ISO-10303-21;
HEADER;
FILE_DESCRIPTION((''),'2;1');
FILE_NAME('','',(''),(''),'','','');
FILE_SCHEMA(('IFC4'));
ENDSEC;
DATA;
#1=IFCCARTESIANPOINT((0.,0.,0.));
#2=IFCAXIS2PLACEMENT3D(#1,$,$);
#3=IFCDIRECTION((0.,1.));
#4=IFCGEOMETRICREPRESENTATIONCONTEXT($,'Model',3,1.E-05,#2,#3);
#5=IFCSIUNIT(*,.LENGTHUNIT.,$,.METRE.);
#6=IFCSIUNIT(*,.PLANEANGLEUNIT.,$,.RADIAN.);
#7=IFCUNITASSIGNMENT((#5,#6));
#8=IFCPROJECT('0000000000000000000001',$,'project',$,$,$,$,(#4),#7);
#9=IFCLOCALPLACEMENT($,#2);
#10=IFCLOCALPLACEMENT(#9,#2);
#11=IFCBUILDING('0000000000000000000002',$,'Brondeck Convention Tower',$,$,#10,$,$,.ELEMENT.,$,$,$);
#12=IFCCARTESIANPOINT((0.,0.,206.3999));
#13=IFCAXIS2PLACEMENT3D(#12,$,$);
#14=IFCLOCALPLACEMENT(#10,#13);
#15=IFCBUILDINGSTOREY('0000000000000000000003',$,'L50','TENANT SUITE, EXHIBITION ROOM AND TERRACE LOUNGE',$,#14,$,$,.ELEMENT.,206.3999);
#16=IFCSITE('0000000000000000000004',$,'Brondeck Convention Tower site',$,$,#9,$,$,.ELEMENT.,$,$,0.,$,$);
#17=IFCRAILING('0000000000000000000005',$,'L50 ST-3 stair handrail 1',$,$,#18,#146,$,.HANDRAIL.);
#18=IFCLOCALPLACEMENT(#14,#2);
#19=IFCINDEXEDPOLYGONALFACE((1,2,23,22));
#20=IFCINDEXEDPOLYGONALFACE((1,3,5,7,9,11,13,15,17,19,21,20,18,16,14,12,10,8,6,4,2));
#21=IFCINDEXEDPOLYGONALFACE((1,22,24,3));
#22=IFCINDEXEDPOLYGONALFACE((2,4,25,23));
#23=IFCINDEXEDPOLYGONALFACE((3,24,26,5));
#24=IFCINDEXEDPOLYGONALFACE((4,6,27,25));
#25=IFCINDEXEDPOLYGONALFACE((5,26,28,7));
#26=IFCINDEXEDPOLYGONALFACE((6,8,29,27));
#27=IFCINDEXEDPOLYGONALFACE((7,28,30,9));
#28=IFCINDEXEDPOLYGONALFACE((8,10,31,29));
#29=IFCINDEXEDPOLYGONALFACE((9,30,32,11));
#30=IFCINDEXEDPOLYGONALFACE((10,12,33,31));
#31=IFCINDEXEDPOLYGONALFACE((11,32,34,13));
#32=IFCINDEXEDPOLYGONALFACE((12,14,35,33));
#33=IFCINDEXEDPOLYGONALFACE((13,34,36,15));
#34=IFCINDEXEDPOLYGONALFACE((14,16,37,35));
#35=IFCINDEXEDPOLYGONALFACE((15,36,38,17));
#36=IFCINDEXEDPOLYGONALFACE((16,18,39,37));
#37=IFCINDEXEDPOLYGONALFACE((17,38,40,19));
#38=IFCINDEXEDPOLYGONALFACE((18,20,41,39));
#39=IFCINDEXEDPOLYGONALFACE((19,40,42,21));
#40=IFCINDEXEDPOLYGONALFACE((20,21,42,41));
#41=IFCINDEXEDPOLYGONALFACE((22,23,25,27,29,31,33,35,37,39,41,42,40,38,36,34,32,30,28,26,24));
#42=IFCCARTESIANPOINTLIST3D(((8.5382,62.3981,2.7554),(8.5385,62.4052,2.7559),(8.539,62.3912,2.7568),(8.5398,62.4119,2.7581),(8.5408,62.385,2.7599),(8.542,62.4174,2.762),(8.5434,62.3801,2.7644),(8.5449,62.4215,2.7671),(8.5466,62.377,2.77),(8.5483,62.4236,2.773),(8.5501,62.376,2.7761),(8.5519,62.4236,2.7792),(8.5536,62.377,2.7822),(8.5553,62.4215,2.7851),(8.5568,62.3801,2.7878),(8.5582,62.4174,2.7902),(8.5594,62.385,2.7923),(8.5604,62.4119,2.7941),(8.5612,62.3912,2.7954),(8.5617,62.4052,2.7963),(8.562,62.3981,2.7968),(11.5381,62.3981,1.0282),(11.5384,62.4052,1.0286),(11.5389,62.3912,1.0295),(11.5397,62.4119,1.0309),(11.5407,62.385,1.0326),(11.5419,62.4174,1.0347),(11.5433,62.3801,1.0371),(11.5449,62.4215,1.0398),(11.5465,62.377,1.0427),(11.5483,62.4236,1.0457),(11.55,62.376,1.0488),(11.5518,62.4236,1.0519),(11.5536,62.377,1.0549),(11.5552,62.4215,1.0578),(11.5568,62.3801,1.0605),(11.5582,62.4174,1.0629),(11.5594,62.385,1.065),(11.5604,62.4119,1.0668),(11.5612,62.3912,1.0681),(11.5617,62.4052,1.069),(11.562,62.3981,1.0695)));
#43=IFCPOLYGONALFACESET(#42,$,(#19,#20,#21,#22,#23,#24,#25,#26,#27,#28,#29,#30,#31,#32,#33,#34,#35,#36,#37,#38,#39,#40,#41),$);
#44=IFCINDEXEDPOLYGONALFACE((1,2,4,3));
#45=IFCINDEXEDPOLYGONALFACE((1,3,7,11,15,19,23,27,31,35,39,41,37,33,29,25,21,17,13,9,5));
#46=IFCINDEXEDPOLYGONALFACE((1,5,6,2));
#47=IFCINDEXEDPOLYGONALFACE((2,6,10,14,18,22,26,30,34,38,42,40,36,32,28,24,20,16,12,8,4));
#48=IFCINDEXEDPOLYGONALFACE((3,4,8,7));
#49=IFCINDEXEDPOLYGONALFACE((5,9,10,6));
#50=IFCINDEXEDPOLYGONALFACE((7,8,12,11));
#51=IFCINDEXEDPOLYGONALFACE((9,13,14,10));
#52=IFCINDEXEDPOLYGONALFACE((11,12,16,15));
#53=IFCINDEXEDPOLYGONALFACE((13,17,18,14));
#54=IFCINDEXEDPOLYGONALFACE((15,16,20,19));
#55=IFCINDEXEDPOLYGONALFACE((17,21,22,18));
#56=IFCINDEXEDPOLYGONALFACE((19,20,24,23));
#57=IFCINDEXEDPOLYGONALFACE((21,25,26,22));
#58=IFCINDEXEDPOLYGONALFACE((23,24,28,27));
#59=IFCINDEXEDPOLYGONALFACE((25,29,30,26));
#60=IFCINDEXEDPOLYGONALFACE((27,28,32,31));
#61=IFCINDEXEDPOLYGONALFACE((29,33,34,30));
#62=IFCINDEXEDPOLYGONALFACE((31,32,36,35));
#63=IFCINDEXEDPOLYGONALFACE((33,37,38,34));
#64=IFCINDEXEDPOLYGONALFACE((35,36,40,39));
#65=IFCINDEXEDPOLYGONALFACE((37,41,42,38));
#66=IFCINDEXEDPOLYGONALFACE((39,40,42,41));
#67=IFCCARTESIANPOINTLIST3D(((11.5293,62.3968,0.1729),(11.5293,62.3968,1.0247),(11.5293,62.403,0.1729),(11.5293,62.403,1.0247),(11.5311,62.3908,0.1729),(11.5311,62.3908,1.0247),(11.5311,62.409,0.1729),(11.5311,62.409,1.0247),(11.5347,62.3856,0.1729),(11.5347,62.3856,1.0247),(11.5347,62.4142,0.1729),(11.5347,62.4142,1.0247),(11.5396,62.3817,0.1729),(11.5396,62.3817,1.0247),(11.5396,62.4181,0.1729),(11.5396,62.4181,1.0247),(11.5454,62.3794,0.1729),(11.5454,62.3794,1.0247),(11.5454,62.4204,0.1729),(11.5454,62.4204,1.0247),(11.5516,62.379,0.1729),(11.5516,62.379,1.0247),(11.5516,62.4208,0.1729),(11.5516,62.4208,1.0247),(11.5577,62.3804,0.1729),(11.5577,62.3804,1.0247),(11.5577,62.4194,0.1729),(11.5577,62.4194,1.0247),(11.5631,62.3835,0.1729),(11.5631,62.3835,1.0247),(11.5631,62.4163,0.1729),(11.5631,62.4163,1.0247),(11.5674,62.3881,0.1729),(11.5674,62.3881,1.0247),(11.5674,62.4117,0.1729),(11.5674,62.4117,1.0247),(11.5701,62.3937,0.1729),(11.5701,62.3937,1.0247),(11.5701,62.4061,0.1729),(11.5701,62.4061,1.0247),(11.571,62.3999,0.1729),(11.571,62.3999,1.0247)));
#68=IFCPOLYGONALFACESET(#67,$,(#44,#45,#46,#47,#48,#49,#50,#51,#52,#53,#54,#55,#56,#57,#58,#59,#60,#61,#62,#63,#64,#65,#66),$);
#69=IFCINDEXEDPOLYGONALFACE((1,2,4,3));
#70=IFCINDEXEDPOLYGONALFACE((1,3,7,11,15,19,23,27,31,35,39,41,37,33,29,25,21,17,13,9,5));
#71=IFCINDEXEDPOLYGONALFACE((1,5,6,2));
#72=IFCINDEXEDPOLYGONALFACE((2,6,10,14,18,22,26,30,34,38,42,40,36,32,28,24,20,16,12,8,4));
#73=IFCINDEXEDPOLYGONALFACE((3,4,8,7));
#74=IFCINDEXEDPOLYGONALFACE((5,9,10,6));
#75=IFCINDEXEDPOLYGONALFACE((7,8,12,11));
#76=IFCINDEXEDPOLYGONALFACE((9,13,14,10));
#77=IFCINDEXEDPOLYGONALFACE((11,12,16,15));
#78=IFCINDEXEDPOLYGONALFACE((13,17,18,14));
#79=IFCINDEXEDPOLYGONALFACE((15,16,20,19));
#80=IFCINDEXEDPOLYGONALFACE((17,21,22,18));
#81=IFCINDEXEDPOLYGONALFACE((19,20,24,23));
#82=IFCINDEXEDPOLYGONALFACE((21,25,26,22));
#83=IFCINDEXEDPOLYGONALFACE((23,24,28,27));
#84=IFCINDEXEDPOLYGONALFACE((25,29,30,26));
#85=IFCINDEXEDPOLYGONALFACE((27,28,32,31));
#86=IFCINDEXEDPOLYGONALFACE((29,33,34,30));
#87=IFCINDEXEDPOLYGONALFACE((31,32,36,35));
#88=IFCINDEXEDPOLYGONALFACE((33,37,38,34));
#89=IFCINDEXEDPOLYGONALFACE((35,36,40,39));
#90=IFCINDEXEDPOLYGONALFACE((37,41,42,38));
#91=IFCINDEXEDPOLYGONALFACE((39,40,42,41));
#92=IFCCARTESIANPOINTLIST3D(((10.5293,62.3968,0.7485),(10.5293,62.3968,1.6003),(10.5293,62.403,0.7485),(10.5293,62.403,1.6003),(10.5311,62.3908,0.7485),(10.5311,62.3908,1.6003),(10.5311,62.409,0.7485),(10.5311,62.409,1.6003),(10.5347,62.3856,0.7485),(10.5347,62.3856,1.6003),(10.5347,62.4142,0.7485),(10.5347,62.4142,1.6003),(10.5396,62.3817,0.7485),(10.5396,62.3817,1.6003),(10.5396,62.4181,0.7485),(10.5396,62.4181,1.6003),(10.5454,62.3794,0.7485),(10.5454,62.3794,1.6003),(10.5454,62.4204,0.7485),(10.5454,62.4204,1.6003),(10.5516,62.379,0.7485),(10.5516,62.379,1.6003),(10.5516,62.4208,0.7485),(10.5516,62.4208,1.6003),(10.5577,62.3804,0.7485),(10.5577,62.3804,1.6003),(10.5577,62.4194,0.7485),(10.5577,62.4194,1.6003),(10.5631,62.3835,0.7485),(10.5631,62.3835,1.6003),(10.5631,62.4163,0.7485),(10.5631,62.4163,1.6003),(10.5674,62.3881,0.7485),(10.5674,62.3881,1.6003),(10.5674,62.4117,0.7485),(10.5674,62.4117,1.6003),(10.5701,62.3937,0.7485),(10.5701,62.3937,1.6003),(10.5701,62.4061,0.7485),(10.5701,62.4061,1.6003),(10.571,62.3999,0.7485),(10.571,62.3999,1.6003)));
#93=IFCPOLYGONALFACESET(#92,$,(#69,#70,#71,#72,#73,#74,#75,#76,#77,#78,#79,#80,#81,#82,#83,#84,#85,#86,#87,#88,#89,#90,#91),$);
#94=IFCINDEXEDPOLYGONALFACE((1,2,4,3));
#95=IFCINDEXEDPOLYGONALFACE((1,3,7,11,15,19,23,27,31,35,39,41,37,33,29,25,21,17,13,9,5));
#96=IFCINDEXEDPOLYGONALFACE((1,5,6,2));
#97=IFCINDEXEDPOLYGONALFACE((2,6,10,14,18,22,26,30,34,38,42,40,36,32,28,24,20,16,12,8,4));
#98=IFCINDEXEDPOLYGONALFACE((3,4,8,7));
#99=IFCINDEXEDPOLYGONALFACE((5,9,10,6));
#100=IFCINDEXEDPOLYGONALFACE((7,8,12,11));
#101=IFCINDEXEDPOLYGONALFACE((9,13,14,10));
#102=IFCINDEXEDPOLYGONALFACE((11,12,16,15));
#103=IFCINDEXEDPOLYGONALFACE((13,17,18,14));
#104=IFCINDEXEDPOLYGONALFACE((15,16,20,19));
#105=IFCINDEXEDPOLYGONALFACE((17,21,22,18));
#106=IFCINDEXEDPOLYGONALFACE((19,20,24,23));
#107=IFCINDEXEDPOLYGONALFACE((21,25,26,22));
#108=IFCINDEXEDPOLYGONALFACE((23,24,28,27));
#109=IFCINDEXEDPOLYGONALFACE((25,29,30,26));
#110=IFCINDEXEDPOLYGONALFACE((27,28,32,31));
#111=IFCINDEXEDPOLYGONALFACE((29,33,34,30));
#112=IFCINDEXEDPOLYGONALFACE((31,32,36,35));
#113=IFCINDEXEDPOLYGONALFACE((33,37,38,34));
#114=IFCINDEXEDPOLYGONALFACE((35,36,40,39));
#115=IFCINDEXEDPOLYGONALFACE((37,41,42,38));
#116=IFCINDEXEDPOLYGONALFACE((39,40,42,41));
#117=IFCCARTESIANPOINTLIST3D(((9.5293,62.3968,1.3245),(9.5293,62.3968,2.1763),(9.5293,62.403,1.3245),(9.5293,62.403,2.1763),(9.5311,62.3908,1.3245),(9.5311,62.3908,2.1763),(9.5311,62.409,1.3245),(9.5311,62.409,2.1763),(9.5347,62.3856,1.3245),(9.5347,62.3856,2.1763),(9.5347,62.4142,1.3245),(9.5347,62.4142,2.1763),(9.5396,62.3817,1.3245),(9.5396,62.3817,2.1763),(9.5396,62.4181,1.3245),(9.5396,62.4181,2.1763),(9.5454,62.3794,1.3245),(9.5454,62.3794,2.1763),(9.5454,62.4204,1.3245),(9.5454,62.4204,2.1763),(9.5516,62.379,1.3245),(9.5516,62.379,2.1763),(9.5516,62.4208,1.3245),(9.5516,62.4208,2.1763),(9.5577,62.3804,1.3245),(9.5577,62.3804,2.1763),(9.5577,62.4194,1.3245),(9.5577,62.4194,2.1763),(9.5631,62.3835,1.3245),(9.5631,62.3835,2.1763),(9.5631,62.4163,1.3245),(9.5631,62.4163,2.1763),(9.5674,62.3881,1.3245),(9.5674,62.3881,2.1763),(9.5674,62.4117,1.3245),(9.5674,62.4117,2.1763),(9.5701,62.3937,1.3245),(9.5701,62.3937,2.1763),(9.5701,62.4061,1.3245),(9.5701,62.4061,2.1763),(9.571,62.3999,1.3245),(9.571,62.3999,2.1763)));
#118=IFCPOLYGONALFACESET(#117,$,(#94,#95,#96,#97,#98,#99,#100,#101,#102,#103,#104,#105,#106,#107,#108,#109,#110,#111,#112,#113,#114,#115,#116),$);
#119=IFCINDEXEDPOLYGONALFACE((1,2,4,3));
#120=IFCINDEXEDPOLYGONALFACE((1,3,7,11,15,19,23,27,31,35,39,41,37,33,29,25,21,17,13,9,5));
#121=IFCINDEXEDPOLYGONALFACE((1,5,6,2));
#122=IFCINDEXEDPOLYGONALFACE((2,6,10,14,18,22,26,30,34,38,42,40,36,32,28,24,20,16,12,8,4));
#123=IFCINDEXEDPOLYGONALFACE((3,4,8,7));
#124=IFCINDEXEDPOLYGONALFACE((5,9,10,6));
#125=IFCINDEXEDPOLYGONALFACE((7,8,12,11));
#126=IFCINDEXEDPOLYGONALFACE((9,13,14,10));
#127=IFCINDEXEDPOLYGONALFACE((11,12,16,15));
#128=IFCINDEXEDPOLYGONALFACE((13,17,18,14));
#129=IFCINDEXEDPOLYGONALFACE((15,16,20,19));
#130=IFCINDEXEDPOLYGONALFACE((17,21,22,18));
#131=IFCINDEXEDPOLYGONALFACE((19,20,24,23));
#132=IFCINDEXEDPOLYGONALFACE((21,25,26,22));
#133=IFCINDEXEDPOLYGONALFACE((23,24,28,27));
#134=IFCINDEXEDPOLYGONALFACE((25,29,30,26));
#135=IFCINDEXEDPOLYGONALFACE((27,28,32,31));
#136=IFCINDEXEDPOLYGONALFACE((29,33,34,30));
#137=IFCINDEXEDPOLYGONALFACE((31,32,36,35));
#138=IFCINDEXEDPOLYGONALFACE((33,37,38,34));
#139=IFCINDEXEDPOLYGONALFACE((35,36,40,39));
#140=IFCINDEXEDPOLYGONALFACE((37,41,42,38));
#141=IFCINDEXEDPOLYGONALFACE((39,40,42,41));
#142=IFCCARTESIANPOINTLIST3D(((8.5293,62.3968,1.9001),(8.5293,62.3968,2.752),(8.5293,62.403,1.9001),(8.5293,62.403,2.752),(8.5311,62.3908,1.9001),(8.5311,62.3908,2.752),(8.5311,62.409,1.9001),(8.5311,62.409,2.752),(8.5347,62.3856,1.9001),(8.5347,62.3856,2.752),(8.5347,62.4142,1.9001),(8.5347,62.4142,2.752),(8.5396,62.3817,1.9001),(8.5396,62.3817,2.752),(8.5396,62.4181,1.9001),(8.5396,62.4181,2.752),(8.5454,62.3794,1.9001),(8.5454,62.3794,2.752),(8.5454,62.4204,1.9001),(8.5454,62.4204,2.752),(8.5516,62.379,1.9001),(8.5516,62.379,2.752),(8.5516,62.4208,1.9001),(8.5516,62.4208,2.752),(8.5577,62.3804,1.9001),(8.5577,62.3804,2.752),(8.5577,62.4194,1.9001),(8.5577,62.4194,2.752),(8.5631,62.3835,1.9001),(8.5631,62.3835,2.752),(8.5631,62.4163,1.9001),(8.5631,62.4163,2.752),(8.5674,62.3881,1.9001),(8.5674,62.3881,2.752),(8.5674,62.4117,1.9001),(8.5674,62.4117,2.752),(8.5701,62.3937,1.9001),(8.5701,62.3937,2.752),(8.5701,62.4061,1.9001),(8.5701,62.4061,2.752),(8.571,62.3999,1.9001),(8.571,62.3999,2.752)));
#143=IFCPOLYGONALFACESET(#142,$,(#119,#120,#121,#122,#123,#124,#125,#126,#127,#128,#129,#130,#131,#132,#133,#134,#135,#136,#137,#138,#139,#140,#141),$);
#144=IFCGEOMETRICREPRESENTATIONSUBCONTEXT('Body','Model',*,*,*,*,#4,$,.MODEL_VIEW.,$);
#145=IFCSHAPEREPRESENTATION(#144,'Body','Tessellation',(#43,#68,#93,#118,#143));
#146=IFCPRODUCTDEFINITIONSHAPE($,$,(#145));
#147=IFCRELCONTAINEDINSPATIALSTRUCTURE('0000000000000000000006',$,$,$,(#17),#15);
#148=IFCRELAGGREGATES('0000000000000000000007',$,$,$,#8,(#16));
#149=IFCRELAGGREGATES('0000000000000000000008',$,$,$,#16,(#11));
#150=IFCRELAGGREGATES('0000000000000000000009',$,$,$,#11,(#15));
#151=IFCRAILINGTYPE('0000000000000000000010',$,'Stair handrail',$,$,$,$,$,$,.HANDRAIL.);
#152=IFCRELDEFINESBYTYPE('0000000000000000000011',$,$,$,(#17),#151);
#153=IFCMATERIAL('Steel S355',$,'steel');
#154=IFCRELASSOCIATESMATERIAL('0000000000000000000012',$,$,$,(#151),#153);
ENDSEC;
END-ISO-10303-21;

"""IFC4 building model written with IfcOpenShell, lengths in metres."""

from ifc_helpers import new_model, si_unit, direction, frame, origin, origin_2d, place, context, subcontext, project, spatial, circle, extrude, material, type_object, element, save


model = new_model("IFC4")

# Units and contexts
model_context = context("Model", 3, precision=1e-05, world=origin(), true_north=direction((0.0, 1.0)))
body_context = subcontext(model_context, "Body", "Model", "MODEL_VIEW")
ifc_project = project(units=[si_unit("LENGTHUNIT", "METRE"), si_unit("PLANEANGLEUNIT", "RADIAN")], contexts=[model_context])

# Site, building, storey
site_placement = place(None, origin())
site = spatial("IfcSite", under=ifc_project, at=site_placement, Name="Brondeck Convention Tower site", CompositionType="ELEMENT", RefElevation=0.0)
building_placement = place(site_placement, origin())
building = spatial("IfcBuilding", under=site, at=building_placement, Name="Brondeck Convention Tower", CompositionType="ELEMENT")
storey_placement = place(building_placement, frame((0.0, 0.0, 206.3999)))
storey = spatial("IfcBuildingStorey", under=building, at=storey_placement, Name="L50", Description="TENANT SUITE, EXHIBITION ROOM AND TERRACE LOUNGE", CompositionType="ELEMENT", Elevation=206.3999)

# Railing
ifc_material_1 = material(Name="Steel S355", Category="steel")
railing_type_1 = type_object("IfcRailingType", Name="Stair handrail", PredefinedType="HANDRAIL", material=ifc_material_1)
railing_1_placement = place(storey_placement, frame((11.55, 62.3999, 0.1729)))
element("IfcRailing", 1, at=railing_1_placement, inside=storey, type_object=railing_type_1, Name="L50 ST-3 stair handrail 1", PredefinedType="HANDRAIL", context=body_context, shape_type="SweptSolid", body=[
    extrude(circle(Radius=0.0239, at=origin_2d()), frame((0.0, 0.0, 0.876), z_axis=(-0.86662, 0.0, 0.498969), x_axis=(0.0, -1.0, 0.0)), (0.0, 0.0, 1.0), 3.4617),
    extrude(circle(Radius=0.021, at=origin_2d()), origin(), (0.0, 0.0, 1.0), 0.8518),
    extrude(circle(Radius=0.021, at=origin_2d()), frame((-1.0, 0.0, 0.5757)), (0.0, 0.0, 1.0), 0.8518),
    extrude(circle(Radius=0.021, at=origin_2d()), frame((-2.0, 0.0, 1.1516)), (0.0, 0.0, 1.0), 0.8518),
    extrude(circle(Radius=0.021, at=origin_2d()), frame((-3.0, 0.0, 1.7273)), (0.0, 0.0, 1.0), 0.8518),
])

save(model, "model.ifc")
